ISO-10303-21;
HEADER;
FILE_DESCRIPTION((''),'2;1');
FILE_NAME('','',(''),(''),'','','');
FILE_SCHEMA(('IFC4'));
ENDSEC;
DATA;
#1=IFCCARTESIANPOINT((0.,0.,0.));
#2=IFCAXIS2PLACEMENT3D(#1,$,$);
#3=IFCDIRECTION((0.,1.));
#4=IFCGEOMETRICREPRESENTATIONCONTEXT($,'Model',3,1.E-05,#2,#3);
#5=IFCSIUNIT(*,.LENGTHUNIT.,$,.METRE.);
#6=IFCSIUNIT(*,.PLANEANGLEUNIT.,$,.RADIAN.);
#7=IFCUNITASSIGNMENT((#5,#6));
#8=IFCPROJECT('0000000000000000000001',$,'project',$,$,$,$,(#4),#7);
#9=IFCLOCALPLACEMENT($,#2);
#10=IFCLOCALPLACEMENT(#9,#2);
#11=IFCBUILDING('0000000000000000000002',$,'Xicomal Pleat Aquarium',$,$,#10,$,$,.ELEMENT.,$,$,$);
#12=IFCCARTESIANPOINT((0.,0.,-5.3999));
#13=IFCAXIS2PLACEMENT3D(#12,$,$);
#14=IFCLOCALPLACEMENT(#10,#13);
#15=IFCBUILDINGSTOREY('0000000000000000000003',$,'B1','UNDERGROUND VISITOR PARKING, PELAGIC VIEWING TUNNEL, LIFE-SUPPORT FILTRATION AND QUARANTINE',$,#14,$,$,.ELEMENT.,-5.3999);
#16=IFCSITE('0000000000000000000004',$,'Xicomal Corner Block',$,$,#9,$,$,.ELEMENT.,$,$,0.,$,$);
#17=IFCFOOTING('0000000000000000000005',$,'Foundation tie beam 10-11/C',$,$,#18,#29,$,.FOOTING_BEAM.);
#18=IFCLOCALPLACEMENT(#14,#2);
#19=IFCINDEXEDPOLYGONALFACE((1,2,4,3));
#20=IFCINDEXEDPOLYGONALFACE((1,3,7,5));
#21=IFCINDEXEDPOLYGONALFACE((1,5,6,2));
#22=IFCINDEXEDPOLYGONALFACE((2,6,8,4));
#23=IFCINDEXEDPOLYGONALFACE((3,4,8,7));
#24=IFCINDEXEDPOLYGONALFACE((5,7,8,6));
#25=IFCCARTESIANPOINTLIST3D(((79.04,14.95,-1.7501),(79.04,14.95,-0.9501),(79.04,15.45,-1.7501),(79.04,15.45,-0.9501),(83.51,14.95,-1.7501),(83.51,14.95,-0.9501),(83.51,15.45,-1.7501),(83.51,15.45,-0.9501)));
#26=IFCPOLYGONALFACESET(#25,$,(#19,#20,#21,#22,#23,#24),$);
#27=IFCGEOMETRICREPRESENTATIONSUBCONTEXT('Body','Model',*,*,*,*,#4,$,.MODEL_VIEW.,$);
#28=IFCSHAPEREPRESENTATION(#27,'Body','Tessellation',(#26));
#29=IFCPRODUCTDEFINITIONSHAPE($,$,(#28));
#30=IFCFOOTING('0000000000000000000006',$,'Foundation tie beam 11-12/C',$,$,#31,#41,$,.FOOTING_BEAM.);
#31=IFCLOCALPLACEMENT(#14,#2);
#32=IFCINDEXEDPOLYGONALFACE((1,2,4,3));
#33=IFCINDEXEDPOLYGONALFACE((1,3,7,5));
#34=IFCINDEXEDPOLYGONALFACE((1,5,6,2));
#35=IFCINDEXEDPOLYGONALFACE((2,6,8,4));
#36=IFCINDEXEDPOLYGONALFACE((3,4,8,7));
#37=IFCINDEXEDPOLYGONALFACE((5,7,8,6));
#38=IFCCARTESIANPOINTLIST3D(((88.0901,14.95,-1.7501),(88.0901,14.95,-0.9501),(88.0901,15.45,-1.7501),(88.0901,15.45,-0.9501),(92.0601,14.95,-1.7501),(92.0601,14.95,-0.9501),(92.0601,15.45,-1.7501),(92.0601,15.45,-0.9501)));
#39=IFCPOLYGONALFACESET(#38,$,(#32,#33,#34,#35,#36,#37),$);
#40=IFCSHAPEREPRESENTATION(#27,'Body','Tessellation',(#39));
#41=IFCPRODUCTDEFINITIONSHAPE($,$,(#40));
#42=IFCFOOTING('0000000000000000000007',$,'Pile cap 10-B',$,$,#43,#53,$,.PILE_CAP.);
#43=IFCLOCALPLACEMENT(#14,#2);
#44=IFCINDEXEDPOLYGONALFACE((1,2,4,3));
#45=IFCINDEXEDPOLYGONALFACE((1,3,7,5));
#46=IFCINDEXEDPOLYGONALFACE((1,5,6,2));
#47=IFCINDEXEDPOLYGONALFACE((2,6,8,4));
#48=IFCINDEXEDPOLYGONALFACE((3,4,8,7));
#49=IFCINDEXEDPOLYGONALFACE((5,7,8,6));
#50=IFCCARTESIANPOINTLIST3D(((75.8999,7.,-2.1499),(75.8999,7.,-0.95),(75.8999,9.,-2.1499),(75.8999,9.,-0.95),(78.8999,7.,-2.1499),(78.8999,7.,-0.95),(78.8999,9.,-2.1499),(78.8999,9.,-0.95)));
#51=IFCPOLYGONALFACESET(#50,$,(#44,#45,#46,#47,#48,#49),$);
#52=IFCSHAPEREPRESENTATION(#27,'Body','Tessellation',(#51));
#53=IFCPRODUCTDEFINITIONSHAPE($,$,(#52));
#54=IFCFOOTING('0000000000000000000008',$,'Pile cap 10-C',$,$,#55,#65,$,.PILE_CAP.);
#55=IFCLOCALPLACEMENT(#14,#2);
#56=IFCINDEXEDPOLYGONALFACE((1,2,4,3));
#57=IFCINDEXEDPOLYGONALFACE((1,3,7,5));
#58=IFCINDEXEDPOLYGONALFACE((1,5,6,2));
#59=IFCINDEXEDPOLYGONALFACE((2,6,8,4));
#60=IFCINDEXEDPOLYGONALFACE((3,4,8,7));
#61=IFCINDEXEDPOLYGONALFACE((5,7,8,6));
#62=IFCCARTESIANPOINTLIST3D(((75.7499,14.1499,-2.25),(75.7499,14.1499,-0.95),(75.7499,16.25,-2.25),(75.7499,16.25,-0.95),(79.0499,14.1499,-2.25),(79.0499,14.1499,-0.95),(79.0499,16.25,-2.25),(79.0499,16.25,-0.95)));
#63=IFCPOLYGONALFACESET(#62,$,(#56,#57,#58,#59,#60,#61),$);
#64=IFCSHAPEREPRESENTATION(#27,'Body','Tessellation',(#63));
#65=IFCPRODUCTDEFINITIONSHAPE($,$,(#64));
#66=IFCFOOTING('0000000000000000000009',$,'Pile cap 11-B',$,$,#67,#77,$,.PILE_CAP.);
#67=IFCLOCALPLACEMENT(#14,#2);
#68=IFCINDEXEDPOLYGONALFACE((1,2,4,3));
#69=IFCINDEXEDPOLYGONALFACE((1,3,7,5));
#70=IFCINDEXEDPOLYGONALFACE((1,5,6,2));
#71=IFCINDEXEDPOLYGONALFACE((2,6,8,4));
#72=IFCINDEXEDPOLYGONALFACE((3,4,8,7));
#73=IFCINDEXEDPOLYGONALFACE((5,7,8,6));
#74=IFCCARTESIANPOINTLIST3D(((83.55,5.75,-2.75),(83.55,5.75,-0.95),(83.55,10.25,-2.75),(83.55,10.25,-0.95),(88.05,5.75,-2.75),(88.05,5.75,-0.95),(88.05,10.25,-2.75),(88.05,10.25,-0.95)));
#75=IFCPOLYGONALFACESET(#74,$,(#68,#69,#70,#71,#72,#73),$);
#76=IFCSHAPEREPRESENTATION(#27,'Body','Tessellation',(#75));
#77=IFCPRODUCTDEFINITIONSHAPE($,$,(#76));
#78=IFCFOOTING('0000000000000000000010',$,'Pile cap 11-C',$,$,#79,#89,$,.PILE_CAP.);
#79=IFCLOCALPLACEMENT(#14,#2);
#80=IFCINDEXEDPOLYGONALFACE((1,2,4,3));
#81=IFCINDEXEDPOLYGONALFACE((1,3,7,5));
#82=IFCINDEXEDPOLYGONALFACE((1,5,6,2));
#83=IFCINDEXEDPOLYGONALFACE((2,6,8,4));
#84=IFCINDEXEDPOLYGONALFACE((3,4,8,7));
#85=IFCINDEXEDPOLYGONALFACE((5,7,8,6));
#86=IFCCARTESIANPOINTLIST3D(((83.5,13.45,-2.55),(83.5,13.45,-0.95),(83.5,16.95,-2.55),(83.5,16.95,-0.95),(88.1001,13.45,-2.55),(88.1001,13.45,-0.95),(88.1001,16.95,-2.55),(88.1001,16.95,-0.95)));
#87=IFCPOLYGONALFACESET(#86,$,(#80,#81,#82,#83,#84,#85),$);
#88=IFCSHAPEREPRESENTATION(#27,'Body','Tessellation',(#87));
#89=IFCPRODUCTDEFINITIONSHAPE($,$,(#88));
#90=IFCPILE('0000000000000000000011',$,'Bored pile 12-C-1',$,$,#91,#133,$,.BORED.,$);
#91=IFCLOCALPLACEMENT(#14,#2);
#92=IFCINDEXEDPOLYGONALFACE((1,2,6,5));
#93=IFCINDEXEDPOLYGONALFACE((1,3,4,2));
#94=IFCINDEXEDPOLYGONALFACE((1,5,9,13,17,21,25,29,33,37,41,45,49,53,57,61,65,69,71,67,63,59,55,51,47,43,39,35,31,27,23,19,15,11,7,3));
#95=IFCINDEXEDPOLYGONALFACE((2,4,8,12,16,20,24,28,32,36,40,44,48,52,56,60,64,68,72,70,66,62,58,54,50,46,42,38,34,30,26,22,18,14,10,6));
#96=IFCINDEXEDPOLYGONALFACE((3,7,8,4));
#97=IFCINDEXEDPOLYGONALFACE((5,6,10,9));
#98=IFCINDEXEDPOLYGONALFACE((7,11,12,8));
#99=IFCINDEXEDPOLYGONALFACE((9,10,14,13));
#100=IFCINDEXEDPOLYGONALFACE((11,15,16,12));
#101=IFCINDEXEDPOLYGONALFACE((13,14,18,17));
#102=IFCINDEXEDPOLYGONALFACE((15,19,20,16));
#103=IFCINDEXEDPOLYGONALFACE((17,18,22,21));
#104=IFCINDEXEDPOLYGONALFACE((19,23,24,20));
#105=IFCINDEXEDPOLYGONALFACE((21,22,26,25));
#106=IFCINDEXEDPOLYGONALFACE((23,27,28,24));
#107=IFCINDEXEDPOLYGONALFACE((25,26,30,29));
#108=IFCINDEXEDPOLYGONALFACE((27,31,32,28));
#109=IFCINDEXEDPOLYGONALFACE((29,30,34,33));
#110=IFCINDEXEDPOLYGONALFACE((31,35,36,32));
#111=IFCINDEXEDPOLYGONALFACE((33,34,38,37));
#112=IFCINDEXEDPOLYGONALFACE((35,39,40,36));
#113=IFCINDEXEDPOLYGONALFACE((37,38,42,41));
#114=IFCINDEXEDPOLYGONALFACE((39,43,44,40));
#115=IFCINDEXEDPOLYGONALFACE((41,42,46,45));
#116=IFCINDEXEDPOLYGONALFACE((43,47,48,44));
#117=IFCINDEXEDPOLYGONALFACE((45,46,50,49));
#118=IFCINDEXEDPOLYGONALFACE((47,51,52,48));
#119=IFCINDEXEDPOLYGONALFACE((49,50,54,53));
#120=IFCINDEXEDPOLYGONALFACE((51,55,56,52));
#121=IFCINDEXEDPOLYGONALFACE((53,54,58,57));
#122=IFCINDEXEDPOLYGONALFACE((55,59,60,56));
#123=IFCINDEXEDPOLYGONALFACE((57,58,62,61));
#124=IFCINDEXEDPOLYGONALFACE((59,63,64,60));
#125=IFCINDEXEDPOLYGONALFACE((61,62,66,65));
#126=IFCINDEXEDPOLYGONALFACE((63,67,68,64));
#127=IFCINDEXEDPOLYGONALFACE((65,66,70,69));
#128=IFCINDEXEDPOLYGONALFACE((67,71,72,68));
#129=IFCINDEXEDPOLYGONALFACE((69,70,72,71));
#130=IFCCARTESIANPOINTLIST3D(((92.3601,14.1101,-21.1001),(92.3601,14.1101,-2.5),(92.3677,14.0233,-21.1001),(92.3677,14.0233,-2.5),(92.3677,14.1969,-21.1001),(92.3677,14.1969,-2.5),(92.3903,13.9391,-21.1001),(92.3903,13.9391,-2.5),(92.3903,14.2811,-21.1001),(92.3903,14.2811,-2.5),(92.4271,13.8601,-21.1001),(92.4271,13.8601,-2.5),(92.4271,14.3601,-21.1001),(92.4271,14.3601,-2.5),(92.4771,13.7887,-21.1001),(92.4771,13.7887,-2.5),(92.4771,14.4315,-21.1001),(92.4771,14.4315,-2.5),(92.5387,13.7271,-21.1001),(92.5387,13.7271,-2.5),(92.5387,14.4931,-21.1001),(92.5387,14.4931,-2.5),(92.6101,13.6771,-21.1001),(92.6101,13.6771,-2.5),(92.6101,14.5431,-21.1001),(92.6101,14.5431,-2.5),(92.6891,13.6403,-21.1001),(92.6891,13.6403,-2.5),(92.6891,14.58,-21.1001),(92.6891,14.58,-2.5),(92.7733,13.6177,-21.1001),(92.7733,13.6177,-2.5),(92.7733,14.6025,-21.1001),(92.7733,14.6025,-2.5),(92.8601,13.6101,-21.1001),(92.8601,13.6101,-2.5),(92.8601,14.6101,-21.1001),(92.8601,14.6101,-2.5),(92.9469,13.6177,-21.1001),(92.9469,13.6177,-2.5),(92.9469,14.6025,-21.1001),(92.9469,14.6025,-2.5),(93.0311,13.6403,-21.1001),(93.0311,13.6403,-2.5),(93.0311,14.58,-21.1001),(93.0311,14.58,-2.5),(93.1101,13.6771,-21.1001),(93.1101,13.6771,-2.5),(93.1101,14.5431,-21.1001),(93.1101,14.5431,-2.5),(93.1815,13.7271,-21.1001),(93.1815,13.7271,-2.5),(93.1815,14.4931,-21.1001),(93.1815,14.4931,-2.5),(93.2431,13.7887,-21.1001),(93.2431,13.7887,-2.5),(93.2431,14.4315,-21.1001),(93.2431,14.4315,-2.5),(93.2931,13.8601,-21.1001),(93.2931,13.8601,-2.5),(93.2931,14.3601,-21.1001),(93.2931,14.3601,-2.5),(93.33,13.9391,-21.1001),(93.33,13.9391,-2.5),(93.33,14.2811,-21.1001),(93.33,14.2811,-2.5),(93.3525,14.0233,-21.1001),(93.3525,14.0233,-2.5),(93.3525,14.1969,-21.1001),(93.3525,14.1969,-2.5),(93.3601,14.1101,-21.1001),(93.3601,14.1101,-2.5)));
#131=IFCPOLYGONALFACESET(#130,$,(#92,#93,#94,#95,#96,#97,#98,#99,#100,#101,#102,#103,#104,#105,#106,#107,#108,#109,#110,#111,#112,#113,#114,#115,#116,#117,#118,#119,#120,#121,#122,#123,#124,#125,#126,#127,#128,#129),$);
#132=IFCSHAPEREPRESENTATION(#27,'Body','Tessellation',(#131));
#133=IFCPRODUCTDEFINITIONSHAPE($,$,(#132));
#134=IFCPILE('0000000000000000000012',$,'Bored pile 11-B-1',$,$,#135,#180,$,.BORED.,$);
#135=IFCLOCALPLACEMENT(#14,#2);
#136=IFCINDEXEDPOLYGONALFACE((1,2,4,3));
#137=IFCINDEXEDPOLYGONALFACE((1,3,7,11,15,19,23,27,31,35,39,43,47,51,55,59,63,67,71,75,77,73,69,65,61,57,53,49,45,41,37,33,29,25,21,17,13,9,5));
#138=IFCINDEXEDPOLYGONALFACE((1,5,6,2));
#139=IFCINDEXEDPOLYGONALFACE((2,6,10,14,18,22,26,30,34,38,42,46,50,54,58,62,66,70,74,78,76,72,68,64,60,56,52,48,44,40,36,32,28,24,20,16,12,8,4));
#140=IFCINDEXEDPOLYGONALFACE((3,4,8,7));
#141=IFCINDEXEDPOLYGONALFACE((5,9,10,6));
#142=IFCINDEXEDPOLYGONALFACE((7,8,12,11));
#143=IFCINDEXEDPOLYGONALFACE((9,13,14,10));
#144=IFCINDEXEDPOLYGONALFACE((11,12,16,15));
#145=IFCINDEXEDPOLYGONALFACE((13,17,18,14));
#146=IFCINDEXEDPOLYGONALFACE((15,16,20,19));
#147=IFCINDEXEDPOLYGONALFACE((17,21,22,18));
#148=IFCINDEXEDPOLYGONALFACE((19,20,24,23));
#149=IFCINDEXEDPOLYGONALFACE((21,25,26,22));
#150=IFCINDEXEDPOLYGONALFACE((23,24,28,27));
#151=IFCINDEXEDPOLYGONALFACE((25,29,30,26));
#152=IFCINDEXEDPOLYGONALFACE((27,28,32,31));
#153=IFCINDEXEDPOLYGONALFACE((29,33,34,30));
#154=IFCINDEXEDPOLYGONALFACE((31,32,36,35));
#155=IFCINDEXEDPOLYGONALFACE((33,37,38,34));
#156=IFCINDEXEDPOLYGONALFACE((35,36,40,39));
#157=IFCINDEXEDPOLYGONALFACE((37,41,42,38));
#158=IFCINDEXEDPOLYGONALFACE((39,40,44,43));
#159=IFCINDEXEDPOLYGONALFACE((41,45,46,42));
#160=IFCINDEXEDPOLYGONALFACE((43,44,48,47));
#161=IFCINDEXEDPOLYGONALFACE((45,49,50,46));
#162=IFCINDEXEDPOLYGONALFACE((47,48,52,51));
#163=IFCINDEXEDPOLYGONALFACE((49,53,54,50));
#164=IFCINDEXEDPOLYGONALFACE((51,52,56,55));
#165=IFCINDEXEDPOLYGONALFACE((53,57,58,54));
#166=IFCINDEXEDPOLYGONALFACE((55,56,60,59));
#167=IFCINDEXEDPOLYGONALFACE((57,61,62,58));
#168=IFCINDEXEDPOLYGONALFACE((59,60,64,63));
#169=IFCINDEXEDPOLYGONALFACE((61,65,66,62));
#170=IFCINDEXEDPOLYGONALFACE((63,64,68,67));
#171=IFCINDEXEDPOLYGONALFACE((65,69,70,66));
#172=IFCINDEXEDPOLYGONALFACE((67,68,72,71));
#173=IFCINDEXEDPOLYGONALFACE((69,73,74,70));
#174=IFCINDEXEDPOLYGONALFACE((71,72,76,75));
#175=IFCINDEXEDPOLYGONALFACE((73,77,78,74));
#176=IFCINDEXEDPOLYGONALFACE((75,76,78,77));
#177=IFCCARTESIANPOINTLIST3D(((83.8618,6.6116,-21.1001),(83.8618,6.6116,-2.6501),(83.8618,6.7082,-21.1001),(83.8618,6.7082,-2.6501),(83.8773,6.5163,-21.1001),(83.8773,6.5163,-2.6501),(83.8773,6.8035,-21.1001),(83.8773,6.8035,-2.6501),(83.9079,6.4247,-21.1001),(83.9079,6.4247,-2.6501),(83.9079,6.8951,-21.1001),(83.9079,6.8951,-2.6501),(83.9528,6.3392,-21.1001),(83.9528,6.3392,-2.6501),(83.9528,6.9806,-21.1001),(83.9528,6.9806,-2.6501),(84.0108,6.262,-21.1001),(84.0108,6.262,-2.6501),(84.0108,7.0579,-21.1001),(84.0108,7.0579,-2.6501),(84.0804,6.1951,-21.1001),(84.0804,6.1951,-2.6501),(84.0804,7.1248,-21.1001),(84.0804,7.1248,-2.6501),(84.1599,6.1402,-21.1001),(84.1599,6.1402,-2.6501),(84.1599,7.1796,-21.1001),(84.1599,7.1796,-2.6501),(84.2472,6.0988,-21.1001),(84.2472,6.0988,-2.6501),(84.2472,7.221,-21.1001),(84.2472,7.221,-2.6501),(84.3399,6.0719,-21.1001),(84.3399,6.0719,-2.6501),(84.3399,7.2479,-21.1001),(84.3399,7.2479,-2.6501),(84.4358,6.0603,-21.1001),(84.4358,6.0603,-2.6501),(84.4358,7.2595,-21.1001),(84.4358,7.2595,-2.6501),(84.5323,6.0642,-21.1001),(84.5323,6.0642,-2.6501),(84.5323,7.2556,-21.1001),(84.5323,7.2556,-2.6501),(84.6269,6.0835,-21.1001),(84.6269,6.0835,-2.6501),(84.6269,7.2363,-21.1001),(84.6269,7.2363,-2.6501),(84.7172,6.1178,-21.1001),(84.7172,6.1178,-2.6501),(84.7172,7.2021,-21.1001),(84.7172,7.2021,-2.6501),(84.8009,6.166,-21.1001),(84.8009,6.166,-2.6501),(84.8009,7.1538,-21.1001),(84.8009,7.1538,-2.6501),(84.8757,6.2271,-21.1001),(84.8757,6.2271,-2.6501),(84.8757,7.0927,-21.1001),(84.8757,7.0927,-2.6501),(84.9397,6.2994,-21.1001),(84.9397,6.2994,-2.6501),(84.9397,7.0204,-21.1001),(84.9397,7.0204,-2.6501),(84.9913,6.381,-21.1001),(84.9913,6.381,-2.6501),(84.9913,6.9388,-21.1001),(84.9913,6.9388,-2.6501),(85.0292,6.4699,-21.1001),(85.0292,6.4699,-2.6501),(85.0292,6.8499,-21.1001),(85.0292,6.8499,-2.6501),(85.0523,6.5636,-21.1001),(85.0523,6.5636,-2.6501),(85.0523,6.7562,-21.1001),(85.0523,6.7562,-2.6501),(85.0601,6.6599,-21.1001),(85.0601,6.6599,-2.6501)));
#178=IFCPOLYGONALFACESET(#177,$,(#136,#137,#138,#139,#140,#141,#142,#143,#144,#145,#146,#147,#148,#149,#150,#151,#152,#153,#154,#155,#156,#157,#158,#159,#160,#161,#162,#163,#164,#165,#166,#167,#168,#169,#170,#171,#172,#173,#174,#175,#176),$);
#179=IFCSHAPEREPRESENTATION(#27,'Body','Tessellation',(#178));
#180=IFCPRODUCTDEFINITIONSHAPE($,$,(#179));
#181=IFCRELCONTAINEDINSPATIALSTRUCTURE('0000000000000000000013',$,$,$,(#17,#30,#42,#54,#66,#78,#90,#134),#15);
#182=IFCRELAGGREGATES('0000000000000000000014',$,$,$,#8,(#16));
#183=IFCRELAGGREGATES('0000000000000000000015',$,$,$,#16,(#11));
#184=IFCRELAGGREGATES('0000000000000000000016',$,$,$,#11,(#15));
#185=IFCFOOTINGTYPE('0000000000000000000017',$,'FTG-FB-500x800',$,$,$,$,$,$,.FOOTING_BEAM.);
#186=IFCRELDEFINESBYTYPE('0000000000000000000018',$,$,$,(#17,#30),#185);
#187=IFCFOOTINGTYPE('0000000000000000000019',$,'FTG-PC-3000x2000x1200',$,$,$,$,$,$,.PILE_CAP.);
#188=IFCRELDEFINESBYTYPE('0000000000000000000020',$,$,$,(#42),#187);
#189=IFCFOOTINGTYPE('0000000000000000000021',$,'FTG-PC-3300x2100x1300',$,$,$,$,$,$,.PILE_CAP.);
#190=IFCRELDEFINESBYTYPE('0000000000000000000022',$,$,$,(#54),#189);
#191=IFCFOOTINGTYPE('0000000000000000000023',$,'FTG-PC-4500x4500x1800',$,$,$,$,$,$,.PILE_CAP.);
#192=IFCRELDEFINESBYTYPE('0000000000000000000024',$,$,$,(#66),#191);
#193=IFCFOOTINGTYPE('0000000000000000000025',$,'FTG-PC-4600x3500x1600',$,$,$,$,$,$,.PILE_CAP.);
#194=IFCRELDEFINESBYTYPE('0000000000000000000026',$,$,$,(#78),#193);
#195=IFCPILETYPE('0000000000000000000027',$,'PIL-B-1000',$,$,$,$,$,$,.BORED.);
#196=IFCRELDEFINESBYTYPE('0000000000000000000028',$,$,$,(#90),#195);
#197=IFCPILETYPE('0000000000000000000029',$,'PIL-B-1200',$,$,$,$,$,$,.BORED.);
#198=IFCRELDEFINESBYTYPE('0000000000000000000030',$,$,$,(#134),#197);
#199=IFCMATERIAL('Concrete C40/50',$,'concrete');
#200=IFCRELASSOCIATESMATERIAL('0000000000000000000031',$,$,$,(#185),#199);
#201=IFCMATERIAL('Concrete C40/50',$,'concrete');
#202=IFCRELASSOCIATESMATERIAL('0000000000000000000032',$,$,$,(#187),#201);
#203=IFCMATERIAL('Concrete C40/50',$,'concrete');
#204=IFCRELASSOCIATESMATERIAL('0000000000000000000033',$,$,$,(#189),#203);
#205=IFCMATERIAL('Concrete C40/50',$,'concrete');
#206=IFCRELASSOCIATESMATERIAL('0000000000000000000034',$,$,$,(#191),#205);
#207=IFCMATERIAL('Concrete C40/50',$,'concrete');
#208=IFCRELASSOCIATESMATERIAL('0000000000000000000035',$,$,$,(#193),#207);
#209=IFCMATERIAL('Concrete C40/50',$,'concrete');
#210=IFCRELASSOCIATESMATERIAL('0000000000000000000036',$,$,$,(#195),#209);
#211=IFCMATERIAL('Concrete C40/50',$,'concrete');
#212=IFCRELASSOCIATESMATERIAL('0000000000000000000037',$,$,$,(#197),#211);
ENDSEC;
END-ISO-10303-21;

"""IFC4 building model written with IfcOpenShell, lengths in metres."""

from ifc_helpers import new_model, si_unit, direction, frame, origin, origin_2d, place, context, subcontext, project, spatial, rectangle, circle, extrude, material, material_profile, profile_set, type_object, element, save


model = new_model("IFC4")

# Units and contexts
model_context = context("Model", 3, precision=1e-05, world=origin(), true_north=direction((0.0, 1.0)))
body_context = subcontext(model_context, "Body", "Model", "MODEL_VIEW")
ifc_project = project(units=[si_unit("LENGTHUNIT", "METRE"), si_unit("PLANEANGLEUNIT", "RADIAN")], contexts=[model_context])

# Site, building, storey
site_placement = place(None, origin())
site = spatial("IfcSite", under=ifc_project, at=site_placement, Name="Xicomal Corner Block", CompositionType="ELEMENT", RefElevation=0.0)
building_placement = place(site_placement, origin())
building = spatial("IfcBuilding", under=site, at=building_placement, Name="Xicomal Pleat Aquarium", CompositionType="ELEMENT")
storey_placement = place(building_placement, frame((0.0, 0.0, -5.3999)))
storey = spatial("IfcBuildingStorey", under=building, at=storey_placement, Name="B1", Description="UNDERGROUND VISITOR PARKING, PELAGIC VIEWING TUNNEL, LIFE-SUPPORT FILTRATION AND QUARANTINE", CompositionType="ELEMENT", Elevation=-5.3999)

# Footings
ifc_material_1 = material(Name="Concrete C40/50", Category="concrete")
ifc_material_profile_1 = material_profile(ifc_material_1, rectangle(XDim=0.5, YDim=0.8, at=origin_2d()), Name="FB-01 500x800")
ifc_profile_set_1 = profile_set([ifc_material_profile_1], Name="Concrete C40/50")
footing_type_1 = type_object("IfcFootingType", Name="FTG-FB-500x800", PredefinedType="FOOTING_BEAM", material=ifc_profile_set_1)
footing_1_placement = place(storey_placement, frame((79.04, 15.2, -1.3501), z_axis=(1.0, 0.0, 0.0), x_axis=(0.0, 1.0, 0.0)))
element("IfcFooting", 1, at=footing_1_placement, inside=storey, type_object=footing_type_1, Name="Foundation tie beam 10-11/C", PredefinedType="FOOTING_BEAM", context=body_context, shape_type="SweptSolid", body=[
    extrude(rectangle(XDim=0.5, YDim=0.8, at=origin_2d()), origin(), (0.0, 0.0, 1.0), 4.47),
])
footing_2_placement = place(storey_placement, frame((88.0901, 15.2, -1.3501), z_axis=(1.0, 0.0, 0.0), x_axis=(0.0, 1.0, 0.0)))
element("IfcFooting", 2, at=footing_2_placement, inside=storey, type_object=footing_type_1, Name="Foundation tie beam 11-12/C", PredefinedType="FOOTING_BEAM", context=body_context, shape_type="SweptSolid", body=[
    extrude(rectangle(XDim=0.5, YDim=0.8, at=origin_2d()), origin(), (0.0, 0.0, 1.0), 3.97),
])
ifc_material_2 = material(Name="Concrete C40/50", Category="concrete")
footing_type_2 = type_object("IfcFootingType", Name="FTG-PC-3000x2000x1200", PredefinedType="PILE_CAP", material=ifc_material_2)
footing_3_placement = place(storey_placement, frame((77.3999, 8.0, -2.1499), z_axis=(0.0, 0.0, 1.0), x_axis=(1.0, 0.0, 0.0)))
element("IfcFooting", 3, at=footing_3_placement, inside=storey, type_object=footing_type_2, Name="Pile cap 10-B", PredefinedType="PILE_CAP", context=body_context, shape_type="SweptSolid", body=[
    extrude(rectangle(XDim=3.0, YDim=2.0, at=origin_2d()), origin(), (0.0, 0.0, 1.0), 1.2),
])
ifc_material_3 = material(Name="Concrete C40/50", Category="concrete")
footing_type_3 = type_object("IfcFootingType", Name="FTG-PC-3300x2100x1300", PredefinedType="PILE_CAP", material=ifc_material_3)
footing_4_placement = place(storey_placement, frame((77.3999, 15.2, -2.25), z_axis=(0.0, 0.0, 1.0), x_axis=(1.0, 0.0, 0.0)))
element("IfcFooting", 4, at=footing_4_placement, inside=storey, type_object=footing_type_3, Name="Pile cap 10-C", PredefinedType="PILE_CAP", context=body_context, shape_type="SweptSolid", body=[
    extrude(rectangle(XDim=3.3, YDim=2.1001, at=origin_2d()), origin(), (0.0, 0.0, 1.0), 1.3),
])
ifc_material_4 = material(Name="Concrete C40/50", Category="concrete")
footing_type_4 = type_object("IfcFootingType", Name="FTG-PC-4500x4500x1800", PredefinedType="PILE_CAP", material=ifc_material_4)
footing_5_placement = place(storey_placement, frame((85.8, 8.0, -2.75), z_axis=(0.0, 0.0, 1.0), x_axis=(1.0, 0.0, 0.0)))
element("IfcFooting", 5, at=footing_5_placement, inside=storey, type_object=footing_type_4, Name="Pile cap 11-B", PredefinedType="PILE_CAP", context=body_context, shape_type="SweptSolid", body=[
    extrude(rectangle(XDim=4.5, YDim=4.5, at=origin_2d()), origin(), (0.0, 0.0, 1.0), 1.8),
])
ifc_material_5 = material(Name="Concrete C40/50", Category="concrete")
footing_type_5 = type_object("IfcFootingType", Name="FTG-PC-4600x3500x1600", PredefinedType="PILE_CAP", material=ifc_material_5)
footing_6_placement = place(storey_placement, frame((85.8, 15.2, -2.55), z_axis=(0.0, 0.0, 1.0), x_axis=(1.0, 0.0, 0.0)))
element("IfcFooting", 6, at=footing_6_placement, inside=storey, type_object=footing_type_5, Name="Pile cap 11-C", PredefinedType="PILE_CAP", context=body_context, shape_type="SweptSolid", body=[
    extrude(rectangle(XDim=4.6001, YDim=3.5, at=origin_2d()), origin(), (0.0, 0.0, 1.0), 1.6001),
])

# Piles
ifc_material_6 = material(Name="Concrete C40/50", Category="concrete")
ifc_material_profile_2 = material_profile(ifc_material_6, circle(Radius=0.5, at=origin_2d()), Name="BORED PILE D1000")
ifc_profile_set_2 = profile_set([ifc_material_profile_2], Name="Concrete C40/50")
pile_type_1 = type_object("IfcPileType", Name="PIL-B-1000", PredefinedType="BORED", material=ifc_profile_set_2)
pile_placement = place(storey_placement, frame((92.8601, 14.1101, -2.5), z_axis=(0.0, 0.0, -1.0), x_axis=(1.0, 0.0, 0.0)))
element("IfcPile", 7, at=pile_placement, inside=storey, type_object=pile_type_1, Name="Bored pile 12-C-1", PredefinedType="BORED", context=body_context, shape_type="SweptSolid", body=[
    extrude(circle(Radius=0.5, at=origin_2d()), origin(), (0.0, 0.0, 1.0), 18.6001),
])
ifc_material_7 = material(Name="Concrete C40/50", Category="concrete")
ifc_material_profile_3 = material_profile(ifc_material_7, circle(Radius=0.6001, at=origin_2d()), Name="BORED PILE D1200")
ifc_profile_set_3 = profile_set([ifc_material_profile_3], Name="Concrete C40/50")
pile_type_2 = type_object("IfcPileType", Name="PIL-B-1200", PredefinedType="BORED", material=ifc_profile_set_3)
for number, where, z_axis, x_axis, name in (
    (8, (84.46, 6.6599, -2.6501), (0.0, 0.0, -1.0), (1.0, 0.0, 0.0), "Bored pile 11-B-1"),
):
    element("IfcPile", number, at=place(storey_placement, frame(where, z_axis=z_axis, x_axis=x_axis)), inside=storey, type_object=pile_type_2, Name=name, PredefinedType="BORED", context=body_context, shape_type="SweptSolid", body=[
        extrude(circle(Radius=0.6001, at=origin_2d()), origin(), (0.0, 0.0, 1.0), 18.45),
    ])

save(model, "model.ifc")
